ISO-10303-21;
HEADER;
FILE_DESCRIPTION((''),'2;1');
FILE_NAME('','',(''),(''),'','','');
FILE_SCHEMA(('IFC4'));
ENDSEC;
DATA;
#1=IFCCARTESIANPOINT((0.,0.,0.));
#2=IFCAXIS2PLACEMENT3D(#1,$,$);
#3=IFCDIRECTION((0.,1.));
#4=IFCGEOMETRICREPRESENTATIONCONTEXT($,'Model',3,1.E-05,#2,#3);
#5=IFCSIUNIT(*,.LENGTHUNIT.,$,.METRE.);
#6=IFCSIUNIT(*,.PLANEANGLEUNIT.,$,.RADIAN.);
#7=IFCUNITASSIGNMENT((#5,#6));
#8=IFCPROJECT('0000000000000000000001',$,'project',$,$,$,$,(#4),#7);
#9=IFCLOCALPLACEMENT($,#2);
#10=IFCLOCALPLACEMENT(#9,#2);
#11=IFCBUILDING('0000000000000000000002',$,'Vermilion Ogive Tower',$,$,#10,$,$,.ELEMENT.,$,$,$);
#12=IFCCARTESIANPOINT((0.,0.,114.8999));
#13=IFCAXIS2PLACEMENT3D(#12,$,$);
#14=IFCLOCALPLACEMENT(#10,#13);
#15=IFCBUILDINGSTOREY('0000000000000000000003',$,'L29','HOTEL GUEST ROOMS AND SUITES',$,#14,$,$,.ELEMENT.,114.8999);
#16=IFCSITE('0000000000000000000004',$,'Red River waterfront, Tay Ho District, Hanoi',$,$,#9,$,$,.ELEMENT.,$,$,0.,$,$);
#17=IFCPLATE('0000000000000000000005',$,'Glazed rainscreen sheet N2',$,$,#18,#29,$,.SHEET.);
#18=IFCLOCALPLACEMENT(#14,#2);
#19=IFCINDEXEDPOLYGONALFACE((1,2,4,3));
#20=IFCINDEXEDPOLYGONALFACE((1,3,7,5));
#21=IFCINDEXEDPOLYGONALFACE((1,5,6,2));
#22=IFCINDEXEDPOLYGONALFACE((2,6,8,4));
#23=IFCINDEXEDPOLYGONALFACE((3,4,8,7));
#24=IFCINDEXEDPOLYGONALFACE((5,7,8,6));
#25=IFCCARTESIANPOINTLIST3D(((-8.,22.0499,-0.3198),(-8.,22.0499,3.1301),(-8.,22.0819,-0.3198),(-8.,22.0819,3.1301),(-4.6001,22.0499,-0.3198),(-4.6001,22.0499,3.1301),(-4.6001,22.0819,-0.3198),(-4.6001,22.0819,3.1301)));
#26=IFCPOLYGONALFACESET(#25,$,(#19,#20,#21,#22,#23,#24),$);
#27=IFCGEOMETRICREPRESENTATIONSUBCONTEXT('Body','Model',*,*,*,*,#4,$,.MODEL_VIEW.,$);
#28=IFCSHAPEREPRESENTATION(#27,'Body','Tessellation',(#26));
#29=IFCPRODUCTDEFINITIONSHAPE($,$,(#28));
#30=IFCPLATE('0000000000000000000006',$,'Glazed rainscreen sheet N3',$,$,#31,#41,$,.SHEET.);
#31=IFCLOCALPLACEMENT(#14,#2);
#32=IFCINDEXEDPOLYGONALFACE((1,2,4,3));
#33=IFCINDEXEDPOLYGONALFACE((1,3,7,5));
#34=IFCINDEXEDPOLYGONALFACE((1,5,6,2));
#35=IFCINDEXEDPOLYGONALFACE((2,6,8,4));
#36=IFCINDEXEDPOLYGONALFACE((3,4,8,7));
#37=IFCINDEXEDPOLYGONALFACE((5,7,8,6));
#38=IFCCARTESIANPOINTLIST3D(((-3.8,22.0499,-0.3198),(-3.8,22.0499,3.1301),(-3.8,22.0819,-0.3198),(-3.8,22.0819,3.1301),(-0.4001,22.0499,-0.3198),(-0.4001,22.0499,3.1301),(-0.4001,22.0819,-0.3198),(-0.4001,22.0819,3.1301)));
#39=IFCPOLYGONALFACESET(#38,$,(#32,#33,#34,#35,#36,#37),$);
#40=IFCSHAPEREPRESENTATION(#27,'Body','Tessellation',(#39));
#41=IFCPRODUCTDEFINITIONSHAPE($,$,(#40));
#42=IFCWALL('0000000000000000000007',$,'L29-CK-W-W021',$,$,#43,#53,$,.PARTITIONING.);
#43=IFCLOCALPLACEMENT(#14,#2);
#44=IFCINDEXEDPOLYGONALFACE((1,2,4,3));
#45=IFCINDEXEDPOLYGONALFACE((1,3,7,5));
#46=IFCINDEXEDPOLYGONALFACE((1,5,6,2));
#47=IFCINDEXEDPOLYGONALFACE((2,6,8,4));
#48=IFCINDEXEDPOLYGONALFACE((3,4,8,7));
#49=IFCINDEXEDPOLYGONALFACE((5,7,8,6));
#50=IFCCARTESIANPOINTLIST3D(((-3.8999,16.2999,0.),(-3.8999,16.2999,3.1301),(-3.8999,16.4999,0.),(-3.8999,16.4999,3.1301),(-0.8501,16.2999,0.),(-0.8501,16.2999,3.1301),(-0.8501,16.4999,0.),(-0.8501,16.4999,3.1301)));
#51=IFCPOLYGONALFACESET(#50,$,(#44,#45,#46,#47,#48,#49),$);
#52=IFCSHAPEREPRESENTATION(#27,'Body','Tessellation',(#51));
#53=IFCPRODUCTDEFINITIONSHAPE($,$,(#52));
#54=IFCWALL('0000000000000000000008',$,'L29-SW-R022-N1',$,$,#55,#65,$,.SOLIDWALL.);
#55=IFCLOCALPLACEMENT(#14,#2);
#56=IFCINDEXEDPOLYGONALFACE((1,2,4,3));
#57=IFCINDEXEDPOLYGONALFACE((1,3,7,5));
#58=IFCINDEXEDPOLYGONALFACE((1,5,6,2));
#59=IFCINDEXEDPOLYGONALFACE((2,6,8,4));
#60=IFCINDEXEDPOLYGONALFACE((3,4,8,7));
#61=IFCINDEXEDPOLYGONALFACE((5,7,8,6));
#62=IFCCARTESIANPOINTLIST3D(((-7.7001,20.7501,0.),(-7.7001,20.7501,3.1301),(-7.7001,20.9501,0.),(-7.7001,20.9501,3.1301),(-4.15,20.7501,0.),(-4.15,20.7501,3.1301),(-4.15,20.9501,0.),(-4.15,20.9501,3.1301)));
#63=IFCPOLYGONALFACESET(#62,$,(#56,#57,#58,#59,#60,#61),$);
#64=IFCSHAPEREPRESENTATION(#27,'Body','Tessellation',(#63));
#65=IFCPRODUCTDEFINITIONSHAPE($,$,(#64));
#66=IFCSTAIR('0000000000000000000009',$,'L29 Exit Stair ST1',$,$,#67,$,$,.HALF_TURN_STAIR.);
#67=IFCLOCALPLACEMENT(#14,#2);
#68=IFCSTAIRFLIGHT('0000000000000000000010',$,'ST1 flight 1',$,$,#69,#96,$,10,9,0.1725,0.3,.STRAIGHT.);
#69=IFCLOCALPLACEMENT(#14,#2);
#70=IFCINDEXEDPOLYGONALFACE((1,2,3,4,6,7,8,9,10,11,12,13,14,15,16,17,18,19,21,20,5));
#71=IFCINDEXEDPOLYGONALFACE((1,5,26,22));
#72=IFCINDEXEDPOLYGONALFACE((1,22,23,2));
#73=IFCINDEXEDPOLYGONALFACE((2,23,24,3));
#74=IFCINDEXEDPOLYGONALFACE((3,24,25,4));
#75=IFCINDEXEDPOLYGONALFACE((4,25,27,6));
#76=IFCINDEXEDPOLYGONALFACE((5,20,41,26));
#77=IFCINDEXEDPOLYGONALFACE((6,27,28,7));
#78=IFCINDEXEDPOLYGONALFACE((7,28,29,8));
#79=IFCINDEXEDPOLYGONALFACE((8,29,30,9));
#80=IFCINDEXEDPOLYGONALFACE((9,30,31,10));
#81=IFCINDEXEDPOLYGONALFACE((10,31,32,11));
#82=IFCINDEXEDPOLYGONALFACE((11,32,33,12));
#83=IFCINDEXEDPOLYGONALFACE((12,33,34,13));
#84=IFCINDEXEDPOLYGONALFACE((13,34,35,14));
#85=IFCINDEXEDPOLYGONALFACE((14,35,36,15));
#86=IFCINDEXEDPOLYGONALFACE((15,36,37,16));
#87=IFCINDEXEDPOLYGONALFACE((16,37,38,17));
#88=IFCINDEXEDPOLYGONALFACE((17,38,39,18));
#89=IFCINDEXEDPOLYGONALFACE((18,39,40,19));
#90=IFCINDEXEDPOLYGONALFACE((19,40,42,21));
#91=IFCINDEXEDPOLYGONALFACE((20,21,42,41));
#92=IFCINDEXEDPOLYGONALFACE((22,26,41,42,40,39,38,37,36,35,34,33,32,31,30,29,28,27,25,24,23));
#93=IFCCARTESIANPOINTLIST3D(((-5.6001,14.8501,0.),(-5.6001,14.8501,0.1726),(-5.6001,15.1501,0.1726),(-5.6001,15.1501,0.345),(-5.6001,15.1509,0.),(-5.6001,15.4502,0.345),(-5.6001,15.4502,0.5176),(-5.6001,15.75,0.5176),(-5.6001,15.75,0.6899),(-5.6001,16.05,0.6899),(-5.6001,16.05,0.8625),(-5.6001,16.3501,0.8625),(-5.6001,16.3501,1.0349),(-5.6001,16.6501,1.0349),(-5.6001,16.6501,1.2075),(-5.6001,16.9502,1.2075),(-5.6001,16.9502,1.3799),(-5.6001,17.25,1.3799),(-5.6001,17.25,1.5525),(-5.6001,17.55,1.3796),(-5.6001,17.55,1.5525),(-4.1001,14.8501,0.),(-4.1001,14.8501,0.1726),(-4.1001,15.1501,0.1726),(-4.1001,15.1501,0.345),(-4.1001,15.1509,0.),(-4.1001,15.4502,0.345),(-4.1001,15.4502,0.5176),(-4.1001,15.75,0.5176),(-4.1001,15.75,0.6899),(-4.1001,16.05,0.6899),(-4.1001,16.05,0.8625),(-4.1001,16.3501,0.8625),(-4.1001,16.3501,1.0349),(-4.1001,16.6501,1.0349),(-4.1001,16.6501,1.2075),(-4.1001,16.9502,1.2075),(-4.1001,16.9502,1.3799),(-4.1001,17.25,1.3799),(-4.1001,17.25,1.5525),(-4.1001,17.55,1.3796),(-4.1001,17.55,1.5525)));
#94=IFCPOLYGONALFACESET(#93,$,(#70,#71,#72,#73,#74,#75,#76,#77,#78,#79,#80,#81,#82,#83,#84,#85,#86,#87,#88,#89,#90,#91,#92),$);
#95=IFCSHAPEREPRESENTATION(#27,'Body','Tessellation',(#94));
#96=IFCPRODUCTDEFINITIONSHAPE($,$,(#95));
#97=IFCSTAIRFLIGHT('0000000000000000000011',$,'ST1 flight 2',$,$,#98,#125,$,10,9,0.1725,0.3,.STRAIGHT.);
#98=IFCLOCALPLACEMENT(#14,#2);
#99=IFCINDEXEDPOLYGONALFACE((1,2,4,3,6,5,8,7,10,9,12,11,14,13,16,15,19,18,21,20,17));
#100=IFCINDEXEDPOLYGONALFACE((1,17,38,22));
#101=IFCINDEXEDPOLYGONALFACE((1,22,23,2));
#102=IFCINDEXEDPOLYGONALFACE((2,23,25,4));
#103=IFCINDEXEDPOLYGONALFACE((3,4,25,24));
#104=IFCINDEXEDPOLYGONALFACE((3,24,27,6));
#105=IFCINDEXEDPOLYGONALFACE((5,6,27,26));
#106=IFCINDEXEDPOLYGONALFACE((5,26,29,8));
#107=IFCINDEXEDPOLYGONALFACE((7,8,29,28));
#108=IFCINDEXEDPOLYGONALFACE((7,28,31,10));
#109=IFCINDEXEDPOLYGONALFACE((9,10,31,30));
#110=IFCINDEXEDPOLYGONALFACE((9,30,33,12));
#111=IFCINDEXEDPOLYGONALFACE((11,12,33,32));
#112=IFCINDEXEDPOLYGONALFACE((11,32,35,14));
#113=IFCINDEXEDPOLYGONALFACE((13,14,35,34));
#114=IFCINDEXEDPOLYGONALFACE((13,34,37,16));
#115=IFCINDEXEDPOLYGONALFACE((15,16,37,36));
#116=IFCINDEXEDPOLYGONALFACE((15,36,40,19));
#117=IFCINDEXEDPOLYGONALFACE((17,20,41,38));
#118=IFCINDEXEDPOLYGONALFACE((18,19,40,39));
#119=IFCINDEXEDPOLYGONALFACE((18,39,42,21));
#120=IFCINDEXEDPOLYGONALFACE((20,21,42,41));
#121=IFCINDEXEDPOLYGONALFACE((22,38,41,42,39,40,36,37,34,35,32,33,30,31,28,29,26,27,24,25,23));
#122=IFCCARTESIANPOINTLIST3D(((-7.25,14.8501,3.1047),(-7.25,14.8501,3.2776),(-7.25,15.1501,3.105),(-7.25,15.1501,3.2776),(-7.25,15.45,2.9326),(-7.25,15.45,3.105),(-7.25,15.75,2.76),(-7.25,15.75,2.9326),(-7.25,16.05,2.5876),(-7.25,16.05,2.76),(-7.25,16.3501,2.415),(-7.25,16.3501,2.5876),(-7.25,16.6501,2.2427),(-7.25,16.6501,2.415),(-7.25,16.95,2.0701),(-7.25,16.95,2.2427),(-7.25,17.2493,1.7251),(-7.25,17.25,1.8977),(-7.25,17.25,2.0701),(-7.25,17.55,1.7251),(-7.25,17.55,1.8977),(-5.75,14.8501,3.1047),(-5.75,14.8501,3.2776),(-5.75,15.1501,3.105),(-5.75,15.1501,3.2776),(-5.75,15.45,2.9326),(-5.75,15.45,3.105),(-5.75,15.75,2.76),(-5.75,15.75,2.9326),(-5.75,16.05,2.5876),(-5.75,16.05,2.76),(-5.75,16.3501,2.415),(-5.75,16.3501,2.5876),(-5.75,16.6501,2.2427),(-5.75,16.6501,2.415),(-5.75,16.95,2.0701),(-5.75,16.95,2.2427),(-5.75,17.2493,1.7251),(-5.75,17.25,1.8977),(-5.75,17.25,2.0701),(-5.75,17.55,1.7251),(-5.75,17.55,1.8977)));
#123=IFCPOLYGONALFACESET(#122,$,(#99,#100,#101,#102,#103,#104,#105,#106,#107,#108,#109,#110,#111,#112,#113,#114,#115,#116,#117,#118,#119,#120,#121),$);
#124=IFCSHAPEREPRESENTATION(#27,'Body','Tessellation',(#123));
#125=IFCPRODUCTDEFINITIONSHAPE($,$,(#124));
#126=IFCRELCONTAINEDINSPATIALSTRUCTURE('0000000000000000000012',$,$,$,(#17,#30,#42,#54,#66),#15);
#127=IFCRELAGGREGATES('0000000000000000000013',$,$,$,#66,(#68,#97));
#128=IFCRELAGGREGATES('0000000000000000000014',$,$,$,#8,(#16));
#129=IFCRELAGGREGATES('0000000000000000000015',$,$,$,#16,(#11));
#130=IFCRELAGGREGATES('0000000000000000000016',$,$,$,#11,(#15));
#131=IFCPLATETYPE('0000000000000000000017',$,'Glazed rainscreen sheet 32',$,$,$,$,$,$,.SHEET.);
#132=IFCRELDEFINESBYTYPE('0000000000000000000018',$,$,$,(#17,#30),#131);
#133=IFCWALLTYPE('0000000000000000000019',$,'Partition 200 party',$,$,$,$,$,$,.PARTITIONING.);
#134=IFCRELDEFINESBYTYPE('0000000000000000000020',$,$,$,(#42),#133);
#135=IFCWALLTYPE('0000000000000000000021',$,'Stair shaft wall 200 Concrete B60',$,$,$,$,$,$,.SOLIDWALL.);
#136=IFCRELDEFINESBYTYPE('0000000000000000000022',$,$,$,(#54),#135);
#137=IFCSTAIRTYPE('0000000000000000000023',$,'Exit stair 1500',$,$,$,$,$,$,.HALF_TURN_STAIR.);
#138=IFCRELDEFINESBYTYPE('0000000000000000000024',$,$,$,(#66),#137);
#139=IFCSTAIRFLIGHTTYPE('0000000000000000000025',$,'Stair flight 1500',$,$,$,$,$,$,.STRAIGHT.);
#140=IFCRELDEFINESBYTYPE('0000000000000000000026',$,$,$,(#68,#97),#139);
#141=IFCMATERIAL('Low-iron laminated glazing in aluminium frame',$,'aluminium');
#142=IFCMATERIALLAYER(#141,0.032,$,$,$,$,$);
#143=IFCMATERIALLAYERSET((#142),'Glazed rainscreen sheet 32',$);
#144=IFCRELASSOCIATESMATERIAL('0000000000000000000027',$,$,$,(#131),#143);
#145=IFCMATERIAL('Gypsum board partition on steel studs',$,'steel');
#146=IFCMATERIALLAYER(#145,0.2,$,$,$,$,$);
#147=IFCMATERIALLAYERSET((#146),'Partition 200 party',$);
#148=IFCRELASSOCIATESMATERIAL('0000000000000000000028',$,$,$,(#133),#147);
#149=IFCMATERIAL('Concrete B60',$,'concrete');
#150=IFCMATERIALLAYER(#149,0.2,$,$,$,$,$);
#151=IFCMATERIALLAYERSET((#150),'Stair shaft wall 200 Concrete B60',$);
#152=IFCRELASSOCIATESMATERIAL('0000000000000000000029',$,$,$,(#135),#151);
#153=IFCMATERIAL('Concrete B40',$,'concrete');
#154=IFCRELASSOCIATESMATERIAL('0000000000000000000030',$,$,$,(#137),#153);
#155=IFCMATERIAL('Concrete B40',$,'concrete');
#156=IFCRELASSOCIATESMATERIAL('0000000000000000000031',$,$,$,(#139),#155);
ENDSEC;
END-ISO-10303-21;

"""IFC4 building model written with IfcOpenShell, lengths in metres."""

from ifc_helpers import new_model, si_unit, direction, frame, frame_2d, origin, origin_2d, place, context, subcontext, project, spatial, polyline, rectangle, outline, extrude, material, layer, layer_set, type_object, element, aggregate, save


model = new_model("IFC4")

# Units and contexts
model_context = context("Model", 3, precision=1e-05, world=origin(), true_north=direction((0.0, 1.0)))
body_context = subcontext(model_context, "Body", "Model", "MODEL_VIEW")
ifc_project = project(units=[si_unit("LENGTHUNIT", "METRE"), si_unit("PLANEANGLEUNIT", "RADIAN")], contexts=[model_context])

# Site, building, storey
site_placement = place(None, origin())
site = spatial("IfcSite", under=ifc_project, at=site_placement, Name="Red River waterfront, Tay Ho District, Hanoi", CompositionType="ELEMENT", RefElevation=0.0)
building_placement = place(site_placement, origin())
building = spatial("IfcBuilding", under=site, at=building_placement, Name="Vermilion Ogive Tower", CompositionType="ELEMENT")
storey_placement = place(building_placement, frame((0.0, 0.0, 114.8999)))
storey = spatial("IfcBuildingStorey", under=building, at=storey_placement, Name="L29", Description="HOTEL GUEST ROOMS AND SUITES", CompositionType="ELEMENT", Elevation=114.8999)

# Plates
ifc_material_1 = material(Name="Low-iron laminated glazing in aluminium frame", Category="aluminium")
ifc_layer_1 = layer(ifc_material_1, 0.032)
ifc_layer_set_1 = layer_set([ifc_layer_1], Name="Glazed rainscreen sheet 32")
plate_type = type_object("IfcPlateType", Name="Glazed rainscreen sheet 32", PredefinedType="SHEET", material=ifc_layer_set_1)
for number, where, z_axis, x_axis, name in (
    (1, (-6.3, 22.0659, -0.3198), (0.0, 0.0, 1.0), (1.0, 0.0, 0.0), "Glazed rainscreen sheet N2"),
    (2, (-2.1001, 22.0659, -0.3198), (0.0, 0.0, 1.0), (1.0, 0.0, 0.0), "Glazed rainscreen sheet N3"),
):
    element("IfcPlate", number, at=place(storey_placement, frame(where, z_axis=z_axis, x_axis=x_axis)), inside=storey, type_object=plate_type, Name=name, PredefinedType="SHEET", context=body_context, shape_type="SweptSolid", body=[
        extrude(rectangle(XDim=3.3999, YDim=0.032, at=origin_2d()), origin(), (0.0, 0.0, 1.0), 3.45),
    ])

# Walls
ifc_material_2 = material(Name="Gypsum board partition on steel studs", Category="steel")
ifc_layer_2 = layer(ifc_material_2, 0.2)
ifc_layer_set_2 = layer_set([ifc_layer_2], Name="Partition 200 party")
wall_type_1 = type_object("IfcWallType", Name="Partition 200 party", PredefinedType="PARTITIONING", material=ifc_layer_set_2)
wall_1_placement = place(storey_placement, frame((-3.8999, 16.3999, 0.0), z_axis=(0.0, 0.0, 1.0), x_axis=(1.0, 0.0, 0.0)))
element("IfcWall", 3, at=wall_1_placement, inside=storey, type_object=wall_type_1, Name="L29-CK-W-W021", PredefinedType="PARTITIONING", context=body_context, shape_type="SweptSolid", body=[
    extrude(rectangle(XDim=3.0498, YDim=0.2, at=frame_2d((1.5249, 0.0))), origin(), (0.0, 0.0, 1.0), 3.1301),
])
ifc_material_3 = material(Name="Concrete B60", Category="concrete")
ifc_layer_3 = layer(ifc_material_3, 0.2)
ifc_layer_set_3 = layer_set([ifc_layer_3], Name="Stair shaft wall 200 Concrete B60")
wall_type_2 = type_object("IfcWallType", Name="Stair shaft wall 200 Concrete B60", PredefinedType="SOLIDWALL", material=ifc_layer_set_3)
wall_2_placement = place(storey_placement, frame((-7.7, 20.8501, 0.0), z_axis=(0.0, 0.0, 1.0), x_axis=(1.0, 0.0, 0.0)))
element("IfcWall", 4, at=wall_2_placement, inside=storey, type_object=wall_type_2, Name="L29-SW-R022-N1", PredefinedType="SOLIDWALL", context=body_context, shape_type="SweptSolid", body=[
    extrude(rectangle(XDim=3.55, YDim=0.2, at=frame_2d((1.7749, 0.0))), origin(), (0.0, 0.0, 1.0), 3.1301),
])

# Stair, stair flights
ifc_material_4 = material(Name="Concrete B40", Category="concrete")
stair_type = type_object("IfcStairType", Name="Exit stair 1500", PredefinedType="HALF_TURN_STAIR", material=ifc_material_4)
stair_placement = place(storey_placement, origin())
stair = element("IfcStair", 5, at=stair_placement, inside=storey, type_object=stair_type, Name="L29 Exit Stair ST1", PredefinedType="HALF_TURN_STAIR")
ifc_material_5 = material(Name="Concrete B40", Category="concrete")
stair_flight_type = type_object("IfcStairFlightType", Name="Stair flight 1500", PredefinedType="STRAIGHT", material=ifc_material_5)
stair_flight_1_placement = place(storey_placement, frame((-4.8501, 14.8501, 0.0), z_axis=(0.0, 0.0, 1.0), x_axis=(0.0, 1.0, 0.0)))
stair_flight_1 = element("IfcStairFlight", 6, at=stair_flight_1_placement, type_object=stair_flight_type, Name="ST1 flight 1", NumberOfRisers=10, NumberOfTreads=9, PredefinedType="STRAIGHT", RiserHeight=0.1725, TreadLength=0.3, context=body_context, shape_type="SweptSolid", body=[
    extrude(outline(polyline([(0.0, 0.0), (0.0, 0.1726), (0.3, 0.1726), (0.3, 0.345), (0.6001, 0.345), (0.6001, 0.5176), (0.8999, 0.5176), (0.8999, 0.6899), (1.2, 0.6899), (1.2, 0.8625), (1.5, 0.8625), (1.5, 1.0349), (1.8, 1.0349), (1.8, 1.2075), (2.1001, 1.2075), (2.1001, 1.3799), (2.3999, 1.3799), (2.3999, 1.5525), (2.7, 1.5525), (2.7, 1.7251), (2.7, 1.3796), (0.3008, 0.0), (0.0, 0.0)])), frame((0.0, 0.75, 0.0), z_axis=(0.0, -1.0, 0.0), x_axis=(1.0, 0.0, 0.0)), (0.0, 0.0, 1.0), 1.5),
])
stair_flight_2_placement = place(storey_placement, frame((-6.5, 17.55, 1.7251), z_axis=(0.0, 0.0, 1.0), x_axis=(0.0, -1.0, 0.0)))
stair_flight_2 = element("IfcStairFlight", 7, at=stair_flight_2_placement, type_object=stair_flight_type, Name="ST1 flight 2", NumberOfRisers=10, NumberOfTreads=9, PredefinedType="STRAIGHT", RiserHeight=0.1725, TreadLength=0.3, context=body_context, shape_type="SweptSolid", body=[
    extrude(outline(polyline([(0.0, 0.0), (0.0, 0.1726), (0.3, 0.1726), (0.3, 0.345), (0.6001, 0.345), (0.6001, 0.5176), (0.8999, 0.5176), (0.8999, 0.6899), (1.2, 0.6899), (1.2, 0.8625), (1.5, 0.8625), (1.5, 1.0349), (1.8, 1.0349), (1.8, 1.2075), (2.1001, 1.2075), (2.1001, 1.3799), (2.3999, 1.3799), (2.3999, 1.5525), (2.7, 1.5525), (2.7, 1.7251), (2.7, 1.3796), (0.3008, 0.0), (0.0, 0.0)])), frame((0.0, 0.75, 0.0), z_axis=(0.0, -1.0, 0.0), x_axis=(1.0, 0.0, 0.0)), (0.0, 0.0, 1.0), 1.5),
])
aggregate(stair, [stair_flight_1, stair_flight_2])

save(model, "model.ifc")
